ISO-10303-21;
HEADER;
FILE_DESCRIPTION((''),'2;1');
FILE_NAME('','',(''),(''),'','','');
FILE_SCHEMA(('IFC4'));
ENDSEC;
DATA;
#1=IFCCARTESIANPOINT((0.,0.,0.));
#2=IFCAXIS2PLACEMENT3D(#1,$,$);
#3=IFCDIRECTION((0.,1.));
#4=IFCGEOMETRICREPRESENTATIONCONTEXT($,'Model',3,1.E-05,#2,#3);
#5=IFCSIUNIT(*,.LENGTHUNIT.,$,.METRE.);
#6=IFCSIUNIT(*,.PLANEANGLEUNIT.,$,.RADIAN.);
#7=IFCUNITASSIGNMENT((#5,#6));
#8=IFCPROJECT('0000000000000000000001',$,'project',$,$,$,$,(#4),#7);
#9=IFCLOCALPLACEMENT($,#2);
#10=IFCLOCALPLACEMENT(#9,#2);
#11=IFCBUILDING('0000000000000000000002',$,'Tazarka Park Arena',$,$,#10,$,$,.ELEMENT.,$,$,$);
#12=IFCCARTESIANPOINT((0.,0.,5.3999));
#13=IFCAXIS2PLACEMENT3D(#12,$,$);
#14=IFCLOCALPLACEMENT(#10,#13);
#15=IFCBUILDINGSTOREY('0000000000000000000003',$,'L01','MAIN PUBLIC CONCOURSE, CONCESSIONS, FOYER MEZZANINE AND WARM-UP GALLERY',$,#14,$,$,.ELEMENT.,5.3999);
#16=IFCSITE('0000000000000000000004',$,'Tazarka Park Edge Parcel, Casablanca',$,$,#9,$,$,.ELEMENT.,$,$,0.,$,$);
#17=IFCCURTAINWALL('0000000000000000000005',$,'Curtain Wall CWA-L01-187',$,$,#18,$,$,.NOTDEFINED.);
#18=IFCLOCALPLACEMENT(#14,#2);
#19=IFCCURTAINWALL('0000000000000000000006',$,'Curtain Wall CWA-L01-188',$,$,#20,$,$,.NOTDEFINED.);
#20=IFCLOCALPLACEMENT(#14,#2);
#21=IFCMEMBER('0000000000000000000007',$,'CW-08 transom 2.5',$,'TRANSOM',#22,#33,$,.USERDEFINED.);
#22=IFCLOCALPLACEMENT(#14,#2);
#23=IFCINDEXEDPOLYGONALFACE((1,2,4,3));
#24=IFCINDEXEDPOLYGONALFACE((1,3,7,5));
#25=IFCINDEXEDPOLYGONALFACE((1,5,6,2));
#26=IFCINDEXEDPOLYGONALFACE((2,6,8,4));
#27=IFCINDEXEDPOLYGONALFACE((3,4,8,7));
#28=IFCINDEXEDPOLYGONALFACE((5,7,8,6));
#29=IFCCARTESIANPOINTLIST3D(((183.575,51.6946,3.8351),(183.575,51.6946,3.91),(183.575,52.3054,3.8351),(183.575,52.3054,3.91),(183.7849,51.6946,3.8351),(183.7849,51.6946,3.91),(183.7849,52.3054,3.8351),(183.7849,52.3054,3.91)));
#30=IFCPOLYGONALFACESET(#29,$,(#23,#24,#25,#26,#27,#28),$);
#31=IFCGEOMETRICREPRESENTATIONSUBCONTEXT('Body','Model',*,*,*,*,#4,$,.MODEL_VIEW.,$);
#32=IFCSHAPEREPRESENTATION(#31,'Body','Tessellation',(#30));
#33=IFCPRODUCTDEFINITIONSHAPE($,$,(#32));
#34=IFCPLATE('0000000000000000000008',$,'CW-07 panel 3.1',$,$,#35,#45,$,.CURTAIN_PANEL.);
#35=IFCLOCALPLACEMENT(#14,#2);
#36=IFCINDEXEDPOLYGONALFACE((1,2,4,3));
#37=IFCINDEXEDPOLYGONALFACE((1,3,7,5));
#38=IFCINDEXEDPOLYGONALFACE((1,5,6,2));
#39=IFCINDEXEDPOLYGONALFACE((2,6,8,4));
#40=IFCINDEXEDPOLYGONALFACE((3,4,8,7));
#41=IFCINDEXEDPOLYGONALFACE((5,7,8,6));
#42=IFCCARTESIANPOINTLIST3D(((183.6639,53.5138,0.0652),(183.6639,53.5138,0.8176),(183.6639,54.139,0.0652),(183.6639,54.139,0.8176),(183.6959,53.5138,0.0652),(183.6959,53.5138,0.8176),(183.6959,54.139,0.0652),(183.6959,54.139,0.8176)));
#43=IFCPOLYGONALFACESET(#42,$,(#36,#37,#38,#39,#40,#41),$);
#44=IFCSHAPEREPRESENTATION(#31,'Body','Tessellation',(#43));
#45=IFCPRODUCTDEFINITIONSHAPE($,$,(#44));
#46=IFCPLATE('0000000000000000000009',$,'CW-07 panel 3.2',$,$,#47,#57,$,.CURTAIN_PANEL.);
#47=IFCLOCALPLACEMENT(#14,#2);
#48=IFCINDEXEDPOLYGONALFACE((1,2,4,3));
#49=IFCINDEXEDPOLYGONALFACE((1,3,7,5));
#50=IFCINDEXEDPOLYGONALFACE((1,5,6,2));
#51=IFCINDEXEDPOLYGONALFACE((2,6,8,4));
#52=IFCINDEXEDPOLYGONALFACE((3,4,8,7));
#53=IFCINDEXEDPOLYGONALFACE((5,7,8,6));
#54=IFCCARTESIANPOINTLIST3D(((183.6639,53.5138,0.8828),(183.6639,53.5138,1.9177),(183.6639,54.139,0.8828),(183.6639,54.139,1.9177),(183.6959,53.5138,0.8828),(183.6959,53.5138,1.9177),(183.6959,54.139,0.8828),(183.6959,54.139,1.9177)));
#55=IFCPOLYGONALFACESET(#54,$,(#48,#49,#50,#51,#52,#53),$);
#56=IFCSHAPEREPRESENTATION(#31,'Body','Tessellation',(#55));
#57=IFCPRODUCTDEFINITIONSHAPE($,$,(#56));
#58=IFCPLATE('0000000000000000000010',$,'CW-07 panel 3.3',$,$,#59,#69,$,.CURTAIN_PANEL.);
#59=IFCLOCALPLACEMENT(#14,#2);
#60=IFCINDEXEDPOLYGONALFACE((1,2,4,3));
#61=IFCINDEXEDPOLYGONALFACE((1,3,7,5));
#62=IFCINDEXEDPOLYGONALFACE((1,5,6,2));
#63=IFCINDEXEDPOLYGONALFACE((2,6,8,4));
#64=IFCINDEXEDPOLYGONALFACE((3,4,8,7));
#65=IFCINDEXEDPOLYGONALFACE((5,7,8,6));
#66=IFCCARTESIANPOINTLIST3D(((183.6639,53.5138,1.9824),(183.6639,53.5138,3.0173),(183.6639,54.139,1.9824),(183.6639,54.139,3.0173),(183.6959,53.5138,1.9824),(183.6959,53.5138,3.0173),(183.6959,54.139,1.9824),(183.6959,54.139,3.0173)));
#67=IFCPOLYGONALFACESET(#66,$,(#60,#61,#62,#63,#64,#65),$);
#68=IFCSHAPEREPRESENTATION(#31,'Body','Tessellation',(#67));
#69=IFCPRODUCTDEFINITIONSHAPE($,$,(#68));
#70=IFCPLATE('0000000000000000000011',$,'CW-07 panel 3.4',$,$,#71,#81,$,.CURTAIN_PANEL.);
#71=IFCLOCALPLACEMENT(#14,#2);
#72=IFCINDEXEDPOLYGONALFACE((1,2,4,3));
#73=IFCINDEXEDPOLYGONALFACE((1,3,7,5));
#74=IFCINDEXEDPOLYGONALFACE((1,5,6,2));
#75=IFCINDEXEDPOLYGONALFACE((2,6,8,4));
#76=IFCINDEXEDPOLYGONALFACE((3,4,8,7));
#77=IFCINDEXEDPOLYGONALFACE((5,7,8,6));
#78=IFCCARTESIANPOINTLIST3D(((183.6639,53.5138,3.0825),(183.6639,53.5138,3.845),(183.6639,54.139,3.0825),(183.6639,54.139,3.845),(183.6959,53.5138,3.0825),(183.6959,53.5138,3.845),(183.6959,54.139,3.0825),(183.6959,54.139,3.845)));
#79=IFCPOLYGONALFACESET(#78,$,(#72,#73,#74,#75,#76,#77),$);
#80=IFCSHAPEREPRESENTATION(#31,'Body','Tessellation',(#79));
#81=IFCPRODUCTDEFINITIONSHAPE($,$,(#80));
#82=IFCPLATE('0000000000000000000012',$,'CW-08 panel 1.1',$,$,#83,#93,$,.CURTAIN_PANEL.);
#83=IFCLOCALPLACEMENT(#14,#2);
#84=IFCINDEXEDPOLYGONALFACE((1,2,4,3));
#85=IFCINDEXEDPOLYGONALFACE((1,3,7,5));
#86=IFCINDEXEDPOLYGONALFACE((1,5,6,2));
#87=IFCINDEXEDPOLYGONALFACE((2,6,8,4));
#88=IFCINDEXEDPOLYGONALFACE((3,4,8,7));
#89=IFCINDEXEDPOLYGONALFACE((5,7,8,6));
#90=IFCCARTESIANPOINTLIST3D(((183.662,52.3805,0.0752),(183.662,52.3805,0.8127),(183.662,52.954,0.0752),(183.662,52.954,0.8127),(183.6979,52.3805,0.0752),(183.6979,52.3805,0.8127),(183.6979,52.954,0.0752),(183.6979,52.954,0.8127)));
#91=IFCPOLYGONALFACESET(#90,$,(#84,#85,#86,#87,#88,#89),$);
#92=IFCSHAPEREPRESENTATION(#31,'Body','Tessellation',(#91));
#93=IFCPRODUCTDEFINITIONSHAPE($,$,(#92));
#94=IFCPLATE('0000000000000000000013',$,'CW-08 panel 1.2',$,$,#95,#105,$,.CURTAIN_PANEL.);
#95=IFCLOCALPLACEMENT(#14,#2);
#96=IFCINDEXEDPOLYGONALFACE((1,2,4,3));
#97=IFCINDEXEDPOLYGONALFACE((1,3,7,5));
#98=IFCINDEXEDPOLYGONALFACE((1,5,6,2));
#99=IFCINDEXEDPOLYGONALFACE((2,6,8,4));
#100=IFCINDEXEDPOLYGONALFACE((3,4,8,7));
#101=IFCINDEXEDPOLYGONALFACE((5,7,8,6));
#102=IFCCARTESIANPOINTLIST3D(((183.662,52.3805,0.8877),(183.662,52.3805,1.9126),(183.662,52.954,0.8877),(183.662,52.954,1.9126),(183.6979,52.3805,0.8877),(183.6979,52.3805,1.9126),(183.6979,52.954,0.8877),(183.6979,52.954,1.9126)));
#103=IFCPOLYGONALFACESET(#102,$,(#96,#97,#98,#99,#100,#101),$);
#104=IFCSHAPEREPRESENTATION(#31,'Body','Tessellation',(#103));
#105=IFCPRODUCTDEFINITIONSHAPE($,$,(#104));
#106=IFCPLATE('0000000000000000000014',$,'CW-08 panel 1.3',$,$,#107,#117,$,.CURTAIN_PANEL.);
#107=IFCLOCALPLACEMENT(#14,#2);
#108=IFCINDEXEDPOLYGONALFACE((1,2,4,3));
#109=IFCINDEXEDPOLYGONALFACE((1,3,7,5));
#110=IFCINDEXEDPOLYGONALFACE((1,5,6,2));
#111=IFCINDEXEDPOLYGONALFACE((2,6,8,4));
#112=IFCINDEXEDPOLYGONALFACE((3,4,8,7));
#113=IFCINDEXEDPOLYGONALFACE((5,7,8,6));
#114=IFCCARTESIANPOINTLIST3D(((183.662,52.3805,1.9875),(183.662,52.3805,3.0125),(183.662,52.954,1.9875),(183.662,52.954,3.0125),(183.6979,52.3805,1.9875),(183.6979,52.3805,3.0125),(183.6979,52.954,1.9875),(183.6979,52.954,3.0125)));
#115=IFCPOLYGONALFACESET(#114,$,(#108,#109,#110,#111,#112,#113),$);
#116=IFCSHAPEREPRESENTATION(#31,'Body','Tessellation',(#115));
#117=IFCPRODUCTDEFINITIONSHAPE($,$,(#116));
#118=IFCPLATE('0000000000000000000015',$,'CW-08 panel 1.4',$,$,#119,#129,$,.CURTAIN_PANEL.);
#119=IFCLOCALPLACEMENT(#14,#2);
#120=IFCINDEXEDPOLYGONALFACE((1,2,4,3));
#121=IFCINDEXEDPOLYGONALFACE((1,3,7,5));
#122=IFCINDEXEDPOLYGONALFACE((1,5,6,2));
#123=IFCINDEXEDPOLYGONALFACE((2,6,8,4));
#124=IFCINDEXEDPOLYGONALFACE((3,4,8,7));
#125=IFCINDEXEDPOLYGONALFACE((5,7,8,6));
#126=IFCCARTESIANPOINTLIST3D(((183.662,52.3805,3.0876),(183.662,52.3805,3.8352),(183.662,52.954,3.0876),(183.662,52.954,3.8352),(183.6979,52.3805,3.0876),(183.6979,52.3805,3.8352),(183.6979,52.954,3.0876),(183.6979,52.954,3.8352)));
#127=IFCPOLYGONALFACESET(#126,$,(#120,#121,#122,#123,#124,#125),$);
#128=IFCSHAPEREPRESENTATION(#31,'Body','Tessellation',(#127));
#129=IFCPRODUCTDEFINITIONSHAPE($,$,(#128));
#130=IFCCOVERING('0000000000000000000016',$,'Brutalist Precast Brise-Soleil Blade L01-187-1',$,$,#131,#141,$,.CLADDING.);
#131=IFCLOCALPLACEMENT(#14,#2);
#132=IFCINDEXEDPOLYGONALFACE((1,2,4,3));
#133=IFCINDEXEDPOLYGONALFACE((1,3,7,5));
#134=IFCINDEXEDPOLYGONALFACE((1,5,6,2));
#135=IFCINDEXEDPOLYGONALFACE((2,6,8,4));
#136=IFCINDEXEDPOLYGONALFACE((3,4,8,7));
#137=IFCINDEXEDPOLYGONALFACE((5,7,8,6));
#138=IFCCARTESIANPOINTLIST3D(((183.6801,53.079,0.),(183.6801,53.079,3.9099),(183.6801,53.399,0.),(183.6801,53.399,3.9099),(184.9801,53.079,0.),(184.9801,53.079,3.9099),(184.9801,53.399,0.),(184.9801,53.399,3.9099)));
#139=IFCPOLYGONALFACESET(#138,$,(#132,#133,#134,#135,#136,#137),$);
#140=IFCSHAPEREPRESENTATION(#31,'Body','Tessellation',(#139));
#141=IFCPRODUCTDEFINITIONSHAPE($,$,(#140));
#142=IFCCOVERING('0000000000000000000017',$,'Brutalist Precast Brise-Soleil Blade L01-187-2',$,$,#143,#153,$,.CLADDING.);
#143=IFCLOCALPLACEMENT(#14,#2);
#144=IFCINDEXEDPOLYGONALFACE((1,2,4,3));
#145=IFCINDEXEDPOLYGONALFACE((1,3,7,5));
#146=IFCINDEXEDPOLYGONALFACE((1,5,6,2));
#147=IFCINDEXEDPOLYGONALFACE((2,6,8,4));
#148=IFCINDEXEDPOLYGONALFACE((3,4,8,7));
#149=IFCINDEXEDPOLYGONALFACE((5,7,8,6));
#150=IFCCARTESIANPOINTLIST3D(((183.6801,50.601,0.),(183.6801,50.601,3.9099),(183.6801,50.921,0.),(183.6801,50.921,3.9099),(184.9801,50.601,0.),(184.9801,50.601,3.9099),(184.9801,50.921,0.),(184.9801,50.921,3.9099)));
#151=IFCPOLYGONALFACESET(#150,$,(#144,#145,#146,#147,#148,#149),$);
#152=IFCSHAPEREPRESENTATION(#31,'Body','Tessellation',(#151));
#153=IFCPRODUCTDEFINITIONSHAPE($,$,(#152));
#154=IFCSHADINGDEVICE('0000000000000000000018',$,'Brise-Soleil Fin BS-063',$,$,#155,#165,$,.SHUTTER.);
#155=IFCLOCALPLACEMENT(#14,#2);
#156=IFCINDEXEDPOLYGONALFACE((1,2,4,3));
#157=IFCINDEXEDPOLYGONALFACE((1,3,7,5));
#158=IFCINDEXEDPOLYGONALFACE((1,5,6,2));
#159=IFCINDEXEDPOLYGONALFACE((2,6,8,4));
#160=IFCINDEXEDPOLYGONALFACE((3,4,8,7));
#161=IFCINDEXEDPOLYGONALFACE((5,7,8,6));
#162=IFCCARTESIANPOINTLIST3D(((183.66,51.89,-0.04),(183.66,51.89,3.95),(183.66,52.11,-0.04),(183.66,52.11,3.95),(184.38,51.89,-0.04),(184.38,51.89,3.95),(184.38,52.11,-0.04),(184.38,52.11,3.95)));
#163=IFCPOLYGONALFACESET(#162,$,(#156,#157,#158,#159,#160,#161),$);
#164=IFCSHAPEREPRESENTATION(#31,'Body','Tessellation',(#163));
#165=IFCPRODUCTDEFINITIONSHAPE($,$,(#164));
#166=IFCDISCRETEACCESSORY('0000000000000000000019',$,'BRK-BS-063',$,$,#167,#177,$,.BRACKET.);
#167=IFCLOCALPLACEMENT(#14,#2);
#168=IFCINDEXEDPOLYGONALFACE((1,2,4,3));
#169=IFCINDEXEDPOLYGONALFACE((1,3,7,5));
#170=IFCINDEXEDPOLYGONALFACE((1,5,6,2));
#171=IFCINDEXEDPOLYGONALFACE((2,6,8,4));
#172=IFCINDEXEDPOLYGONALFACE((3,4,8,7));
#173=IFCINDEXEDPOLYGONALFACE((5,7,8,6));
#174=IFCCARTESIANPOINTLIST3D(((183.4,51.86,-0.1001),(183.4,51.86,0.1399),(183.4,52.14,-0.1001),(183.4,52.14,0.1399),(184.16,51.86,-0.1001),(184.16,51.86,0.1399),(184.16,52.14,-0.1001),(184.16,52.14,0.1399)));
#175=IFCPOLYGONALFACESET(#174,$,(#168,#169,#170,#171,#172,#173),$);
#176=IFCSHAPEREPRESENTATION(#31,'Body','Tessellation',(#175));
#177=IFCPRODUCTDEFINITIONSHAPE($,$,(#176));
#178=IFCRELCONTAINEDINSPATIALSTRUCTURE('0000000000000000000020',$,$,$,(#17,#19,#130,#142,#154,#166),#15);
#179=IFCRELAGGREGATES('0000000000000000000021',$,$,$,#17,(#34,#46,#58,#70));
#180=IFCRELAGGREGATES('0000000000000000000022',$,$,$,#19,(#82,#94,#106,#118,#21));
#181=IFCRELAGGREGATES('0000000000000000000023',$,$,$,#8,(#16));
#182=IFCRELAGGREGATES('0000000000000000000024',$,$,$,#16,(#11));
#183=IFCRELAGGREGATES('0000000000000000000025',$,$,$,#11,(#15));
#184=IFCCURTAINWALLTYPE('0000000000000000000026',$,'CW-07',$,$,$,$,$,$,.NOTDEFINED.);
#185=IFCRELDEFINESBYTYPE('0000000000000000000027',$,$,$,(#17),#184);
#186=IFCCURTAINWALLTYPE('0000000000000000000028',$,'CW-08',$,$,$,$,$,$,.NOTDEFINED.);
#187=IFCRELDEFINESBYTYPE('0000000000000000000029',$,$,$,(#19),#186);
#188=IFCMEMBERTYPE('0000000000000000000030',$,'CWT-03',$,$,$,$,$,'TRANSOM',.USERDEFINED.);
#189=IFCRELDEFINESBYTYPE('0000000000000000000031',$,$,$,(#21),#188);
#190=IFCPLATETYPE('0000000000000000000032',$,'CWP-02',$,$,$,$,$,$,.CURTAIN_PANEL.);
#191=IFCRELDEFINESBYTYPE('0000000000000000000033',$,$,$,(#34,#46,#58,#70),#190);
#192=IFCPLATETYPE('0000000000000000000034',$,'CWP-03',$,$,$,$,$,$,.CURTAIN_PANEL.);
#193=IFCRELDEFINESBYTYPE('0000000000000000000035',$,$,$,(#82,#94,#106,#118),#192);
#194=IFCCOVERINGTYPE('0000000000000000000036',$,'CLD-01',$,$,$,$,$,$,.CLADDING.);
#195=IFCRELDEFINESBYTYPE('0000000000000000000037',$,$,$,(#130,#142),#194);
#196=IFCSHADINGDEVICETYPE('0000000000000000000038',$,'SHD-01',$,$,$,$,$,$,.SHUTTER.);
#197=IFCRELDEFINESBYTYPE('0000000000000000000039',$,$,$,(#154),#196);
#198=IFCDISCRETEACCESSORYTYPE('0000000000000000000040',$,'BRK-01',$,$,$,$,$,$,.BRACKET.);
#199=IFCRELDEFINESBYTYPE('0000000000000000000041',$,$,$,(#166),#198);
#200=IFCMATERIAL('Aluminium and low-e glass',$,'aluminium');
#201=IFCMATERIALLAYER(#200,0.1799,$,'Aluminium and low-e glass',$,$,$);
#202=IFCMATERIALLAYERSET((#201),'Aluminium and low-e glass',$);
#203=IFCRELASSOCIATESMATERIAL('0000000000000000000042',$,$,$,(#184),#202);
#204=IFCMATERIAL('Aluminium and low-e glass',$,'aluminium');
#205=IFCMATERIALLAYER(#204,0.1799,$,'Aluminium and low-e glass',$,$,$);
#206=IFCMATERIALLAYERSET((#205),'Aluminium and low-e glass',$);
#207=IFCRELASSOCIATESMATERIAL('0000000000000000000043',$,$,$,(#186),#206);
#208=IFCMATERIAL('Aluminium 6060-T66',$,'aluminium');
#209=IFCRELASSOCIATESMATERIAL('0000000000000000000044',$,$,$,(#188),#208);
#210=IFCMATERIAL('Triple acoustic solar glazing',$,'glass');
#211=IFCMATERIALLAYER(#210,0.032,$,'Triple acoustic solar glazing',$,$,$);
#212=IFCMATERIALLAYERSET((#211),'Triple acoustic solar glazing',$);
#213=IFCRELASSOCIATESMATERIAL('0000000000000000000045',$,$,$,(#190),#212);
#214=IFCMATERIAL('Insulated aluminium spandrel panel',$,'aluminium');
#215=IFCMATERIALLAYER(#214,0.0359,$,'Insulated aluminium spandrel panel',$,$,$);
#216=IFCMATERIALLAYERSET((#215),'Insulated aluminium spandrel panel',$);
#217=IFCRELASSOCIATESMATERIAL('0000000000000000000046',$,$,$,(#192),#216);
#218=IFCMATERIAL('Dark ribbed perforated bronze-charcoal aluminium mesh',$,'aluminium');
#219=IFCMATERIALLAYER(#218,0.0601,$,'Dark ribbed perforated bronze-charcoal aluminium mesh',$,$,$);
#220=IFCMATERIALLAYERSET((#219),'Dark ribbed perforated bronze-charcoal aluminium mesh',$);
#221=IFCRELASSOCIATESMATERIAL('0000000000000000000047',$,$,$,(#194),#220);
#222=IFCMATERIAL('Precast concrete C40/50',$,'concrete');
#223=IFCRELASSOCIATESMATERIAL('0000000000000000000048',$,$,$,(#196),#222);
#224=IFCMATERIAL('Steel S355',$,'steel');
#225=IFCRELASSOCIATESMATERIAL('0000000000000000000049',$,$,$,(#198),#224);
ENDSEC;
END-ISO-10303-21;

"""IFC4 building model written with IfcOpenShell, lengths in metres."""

from ifc_helpers import new_model, si_unit, direction, frame, origin, origin_2d, place, context, subcontext, project, spatial, rectangle, extrude, material, layer, layer_set, material_profile, profile_set, type_object, element, aggregate, save


model = new_model("IFC4")

# Units and contexts
model_context = context("Model", 3, precision=1e-05, world=origin(), true_north=direction((0.0, 1.0)))
body_context = subcontext(model_context, "Body", "Model", "MODEL_VIEW")
ifc_project = project(units=[si_unit("LENGTHUNIT", "METRE"), si_unit("PLANEANGLEUNIT", "RADIAN")], contexts=[model_context])

# Site, building, storey
site_placement = place(None, origin())
site = spatial("IfcSite", under=ifc_project, at=site_placement, Name="Tazarka Park Edge Parcel, Casablanca", CompositionType="ELEMENT", RefElevation=0.0)
building_placement = place(site_placement, origin())
building = spatial("IfcBuilding", under=site, at=building_placement, Name="Tazarka Park Arena", CompositionType="ELEMENT")
storey_placement = place(building_placement, frame((0.0, 0.0, 5.3999)))
storey = spatial("IfcBuildingStorey", under=building, at=storey_placement, Name="L01", Description="MAIN PUBLIC CONCOURSE, CONCESSIONS, FOYER MEZZANINE AND WARM-UP GALLERY", CompositionType="ELEMENT", Elevation=5.3999)

# Curtain wall
ifc_material_1 = material(Name="Aluminium and low-e glass", Category="aluminium")
ifc_layer_1 = layer(ifc_material_1, 0.1799, Name="Aluminium and low-e glass")
ifc_layer_set_1 = layer_set([ifc_layer_1], Name="Aluminium and low-e glass")
curtain_wall_type_1 = type_object("IfcCurtainWallType", Name="CW-07", PredefinedType="NOTDEFINED", material=ifc_layer_set_1)
curtain_wall_1_placement = place(storey_placement, origin())
curtain_wall_1 = element("IfcCurtainWall", 1, at=curtain_wall_1_placement, inside=storey, type_object=curtain_wall_type_1, Name="Curtain Wall CWA-L01-187", PredefinedType="NOTDEFINED")

# Curtain wall
ifc_material_2 = material(Name="Aluminium and low-e glass", Category="aluminium")
ifc_layer_2 = layer(ifc_material_2, 0.1799, Name="Aluminium and low-e glass")
ifc_layer_set_2 = layer_set([ifc_layer_2], Name="Aluminium and low-e glass")
curtain_wall_type_2 = type_object("IfcCurtainWallType", Name="CW-08", PredefinedType="NOTDEFINED", material=ifc_layer_set_2)
curtain_wall_2_placement = place(storey_placement, origin())
curtain_wall_2 = element("IfcCurtainWall", 2, at=curtain_wall_2_placement, inside=storey, type_object=curtain_wall_type_2, Name="Curtain Wall CWA-L01-188", PredefinedType="NOTDEFINED")

# Member
ifc_material_3 = material(Name="Aluminium 6060-T66", Category="aluminium")
ifc_material_profile_1 = material_profile(ifc_material_3, rectangle(XDim=0.21, YDim=0.075, at=origin_2d()), Name="Aluminium 6060-T66")
ifc_profile_set_1 = profile_set([ifc_material_profile_1], Name="Aluminium 6060-T66")
member_type_1 = type_object("IfcMemberType", Name="CWT-03", ElementType="TRANSOM", PredefinedType="USERDEFINED", material=ifc_profile_set_1)
member_1_placement = place(storey_placement, frame((183.6799, 52.3054, 3.8726), z_axis=(0.0, -1.0, 0.0), x_axis=(1.0, 0.0, 0.0)))
member_1 = element("IfcMember", 3, at=member_1_placement, type_object=member_type_1, Name="CW-08 transom 2.5", ObjectType="TRANSOM", PredefinedType="USERDEFINED", context=body_context, shape_type="SweptSolid", body=[
    extrude(rectangle(XDim=0.21, YDim=0.075, at=origin_2d()), origin(), (0.0, 0.0, 1.0), 0.6108),
])

# Plates
ifc_material_4 = material(Name="Triple acoustic solar glazing", Category="glass")
ifc_layer_3 = layer(ifc_material_4, 0.032, Name="Triple acoustic solar glazing")
ifc_layer_set_3 = layer_set([ifc_layer_3], Name="Triple acoustic solar glazing")
plate_type_1 = type_object("IfcPlateType", Name="CWP-02", PredefinedType="CURTAIN_PANEL", material=ifc_layer_set_3)
plate_1_placement = place(storey_placement, frame((183.6799, 53.8264, 0.0652), z_axis=(0.0, 0.0, 1.0), x_axis=(0.0, -1.0, 0.0)))
plate_1 = element("IfcPlate", 4, at=plate_1_placement, type_object=plate_type_1, Name="CW-07 panel 3.1", PredefinedType="CURTAIN_PANEL", context=body_context, shape_type="SweptSolid", body=[
    extrude(rectangle(XDim=0.6252, YDim=0.032, at=origin_2d()), origin(), (0.0, 0.0, 1.0), 0.7524),
])
plate_2_placement = place(storey_placement, frame((183.6799, 53.8264, 0.8828), z_axis=(0.0, 0.0, 1.0), x_axis=(0.0, -1.0, 0.0)))
plate_2 = element("IfcPlate", 5, at=plate_2_placement, type_object=plate_type_1, Name="CW-07 panel 3.2", PredefinedType="CURTAIN_PANEL", context=body_context, shape_type="SweptSolid", body=[
    extrude(rectangle(XDim=0.6252, YDim=0.032, at=origin_2d()), origin(), (0.0, 0.0, 1.0), 1.0349),
])
plate_3_placement = place(storey_placement, frame((183.6799, 53.8264, 1.9824), z_axis=(0.0, 0.0, 1.0), x_axis=(0.0, -1.0, 0.0)))
plate_3 = element("IfcPlate", 6, at=plate_3_placement, type_object=plate_type_1, Name="CW-07 panel 3.3", PredefinedType="CURTAIN_PANEL", context=body_context, shape_type="SweptSolid", body=[
    extrude(rectangle(XDim=0.6252, YDim=0.032, at=origin_2d()), origin(), (0.0, 0.0, 1.0), 1.0349),
])
plate_4_placement = place(storey_placement, frame((183.6799, 53.8264, 3.0825), z_axis=(0.0, 0.0, 1.0), x_axis=(0.0, -1.0, 0.0)))
plate_4 = element("IfcPlate", 7, at=plate_4_placement, type_object=plate_type_1, Name="CW-07 panel 3.4", PredefinedType="CURTAIN_PANEL", context=body_context, shape_type="SweptSolid", body=[
    extrude(rectangle(XDim=0.6252, YDim=0.032, at=origin_2d()), origin(), (0.0, 0.0, 1.0), 0.7625),
])
aggregate(curtain_wall_1, [plate_1, plate_2, plate_3, plate_4])
ifc_material_5 = material(Name="Insulated aluminium spandrel panel", Category="aluminium")
ifc_layer_4 = layer(ifc_material_5, 0.0359, Name="Insulated aluminium spandrel panel")
ifc_layer_set_4 = layer_set([ifc_layer_4], Name="Insulated aluminium spandrel panel")
plate_type_2 = type_object("IfcPlateType", Name="CWP-03", PredefinedType="CURTAIN_PANEL", material=ifc_layer_set_4)
plate_5_placement = place(storey_placement, frame((183.6799, 52.6672, 0.0752), z_axis=(0.0, 0.0, 1.0), x_axis=(0.0, -1.0, 0.0)))
plate_5 = element("IfcPlate", 8, at=plate_5_placement, type_object=plate_type_2, Name="CW-08 panel 1.1", PredefinedType="CURTAIN_PANEL", context=body_context, shape_type="SweptSolid", body=[
    extrude(rectangle(XDim=0.5735, YDim=0.0359, at=origin_2d()), origin(), (0.0, 0.0, 1.0), 0.7375),
])
plate_6_placement = place(storey_placement, frame((183.6799, 52.6672, 0.8877), z_axis=(0.0, 0.0, 1.0), x_axis=(0.0, -1.0, 0.0)))
plate_6 = element("IfcPlate", 9, at=plate_6_placement, type_object=plate_type_2, Name="CW-08 panel 1.2", PredefinedType="CURTAIN_PANEL", context=body_context, shape_type="SweptSolid", body=[
    extrude(rectangle(XDim=0.5735, YDim=0.0359, at=origin_2d()), origin(), (0.0, 0.0, 1.0), 1.0249),
])
plate_7_placement = place(storey_placement, frame((183.6799, 52.6672, 1.9875), z_axis=(0.0, 0.0, 1.0), x_axis=(0.0, -1.0, 0.0)))
plate_7 = element("IfcPlate", 10, at=plate_7_placement, type_object=plate_type_2, Name="CW-08 panel 1.3", PredefinedType="CURTAIN_PANEL", context=body_context, shape_type="SweptSolid", body=[
    extrude(rectangle(XDim=0.5735, YDim=0.0359, at=origin_2d()), origin(), (0.0, 0.0, 1.0), 1.0249),
])
plate_8_placement = place(storey_placement, frame((183.6799, 52.6672, 3.0876), z_axis=(0.0, 0.0, 1.0), x_axis=(0.0, -1.0, 0.0)))
plate_8 = element("IfcPlate", 11, at=plate_8_placement, type_object=plate_type_2, Name="CW-08 panel 1.4", PredefinedType="CURTAIN_PANEL", context=body_context, shape_type="SweptSolid", body=[
    extrude(rectangle(XDim=0.5735, YDim=0.0359, at=origin_2d()), origin(), (0.0, 0.0, 1.0), 0.7476),
])
aggregate(curtain_wall_2, [plate_5, plate_6, plate_7, plate_8, member_1])

# Coverings
ifc_material_6 = material(Name="Dark ribbed perforated bronze-charcoal aluminium mesh", Category="aluminium")
ifc_layer_5 = layer(ifc_material_6, 0.0601, Name="Dark ribbed perforated bronze-charcoal aluminium mesh")
ifc_layer_set_5 = layer_set([ifc_layer_5], Name="Dark ribbed perforated bronze-charcoal aluminium mesh")
covering_type = type_object("IfcCoveringType", Name="CLD-01", PredefinedType="CLADDING", material=ifc_layer_set_5)
for number, where, z_axis, x_axis, name in (
    (12, (184.3301, 53.239, 0.0), (0.0, 0.0, 1.0), (0.0, -1.0, 0.0), "Brutalist Precast Brise-Soleil Blade L01-187-1"),
    (13, (184.3301, 50.761, 0.0), (0.0, 0.0, 1.0), (0.0, -1.0, 0.0), "Brutalist Precast Brise-Soleil Blade L01-187-2"),
):
    element("IfcCovering", number, at=place(storey_placement, frame(where, z_axis=z_axis, x_axis=x_axis)), inside=storey, type_object=covering_type, Name=name, PredefinedType="CLADDING", context=body_context, shape_type="SweptSolid", body=[
        extrude(rectangle(XDim=0.3201, YDim=1.3, at=origin_2d()), origin(), (0.0, 0.0, 1.0), 3.9099),
    ])

# Shading device
ifc_material_7 = material(Name="Precast concrete C40/50", Category="concrete")
shading_device_type = type_object("IfcShadingDeviceType", Name="SHD-01", PredefinedType="SHUTTER", material=ifc_material_7)
shading_device_placement = place(storey_placement, frame((184.02, 52.0, -0.04), z_axis=(0.0, 0.0, 1.0), x_axis=(0.0, -1.0, 0.0)))
element("IfcShadingDevice", 14, at=shading_device_placement, inside=storey, type_object=shading_device_type, Name="Brise-Soleil Fin BS-063", PredefinedType="SHUTTER", context=body_context, shape_type="SweptSolid", body=[
    extrude(rectangle(XDim=0.22, YDim=0.72, at=origin_2d()), origin(), (0.0, 0.0, 1.0), 3.99),
])

# Discrete accessory
ifc_material_8 = material(Name="Steel S355", Category="steel")
discrete_accessory_type = type_object("IfcDiscreteAccessoryType", Name="BRK-01", PredefinedType="BRACKET", material=ifc_material_8)
discrete_accessory_placement = place(storey_placement, frame((183.78, 52.0, -0.1001), z_axis=(0.0, 0.0, 1.0), x_axis=(0.0, -1.0, 0.0)))
element("IfcDiscreteAccessory", 15, at=discrete_accessory_placement, inside=storey, type_object=discrete_accessory_type, Name="BRK-BS-063", PredefinedType="BRACKET", context=body_context, shape_type="SweptSolid", body=[
    extrude(rectangle(XDim=0.28, YDim=0.76, at=origin_2d()), origin(), (0.0, 0.0, 1.0), 0.24),
])

save(model, "model.ifc")
